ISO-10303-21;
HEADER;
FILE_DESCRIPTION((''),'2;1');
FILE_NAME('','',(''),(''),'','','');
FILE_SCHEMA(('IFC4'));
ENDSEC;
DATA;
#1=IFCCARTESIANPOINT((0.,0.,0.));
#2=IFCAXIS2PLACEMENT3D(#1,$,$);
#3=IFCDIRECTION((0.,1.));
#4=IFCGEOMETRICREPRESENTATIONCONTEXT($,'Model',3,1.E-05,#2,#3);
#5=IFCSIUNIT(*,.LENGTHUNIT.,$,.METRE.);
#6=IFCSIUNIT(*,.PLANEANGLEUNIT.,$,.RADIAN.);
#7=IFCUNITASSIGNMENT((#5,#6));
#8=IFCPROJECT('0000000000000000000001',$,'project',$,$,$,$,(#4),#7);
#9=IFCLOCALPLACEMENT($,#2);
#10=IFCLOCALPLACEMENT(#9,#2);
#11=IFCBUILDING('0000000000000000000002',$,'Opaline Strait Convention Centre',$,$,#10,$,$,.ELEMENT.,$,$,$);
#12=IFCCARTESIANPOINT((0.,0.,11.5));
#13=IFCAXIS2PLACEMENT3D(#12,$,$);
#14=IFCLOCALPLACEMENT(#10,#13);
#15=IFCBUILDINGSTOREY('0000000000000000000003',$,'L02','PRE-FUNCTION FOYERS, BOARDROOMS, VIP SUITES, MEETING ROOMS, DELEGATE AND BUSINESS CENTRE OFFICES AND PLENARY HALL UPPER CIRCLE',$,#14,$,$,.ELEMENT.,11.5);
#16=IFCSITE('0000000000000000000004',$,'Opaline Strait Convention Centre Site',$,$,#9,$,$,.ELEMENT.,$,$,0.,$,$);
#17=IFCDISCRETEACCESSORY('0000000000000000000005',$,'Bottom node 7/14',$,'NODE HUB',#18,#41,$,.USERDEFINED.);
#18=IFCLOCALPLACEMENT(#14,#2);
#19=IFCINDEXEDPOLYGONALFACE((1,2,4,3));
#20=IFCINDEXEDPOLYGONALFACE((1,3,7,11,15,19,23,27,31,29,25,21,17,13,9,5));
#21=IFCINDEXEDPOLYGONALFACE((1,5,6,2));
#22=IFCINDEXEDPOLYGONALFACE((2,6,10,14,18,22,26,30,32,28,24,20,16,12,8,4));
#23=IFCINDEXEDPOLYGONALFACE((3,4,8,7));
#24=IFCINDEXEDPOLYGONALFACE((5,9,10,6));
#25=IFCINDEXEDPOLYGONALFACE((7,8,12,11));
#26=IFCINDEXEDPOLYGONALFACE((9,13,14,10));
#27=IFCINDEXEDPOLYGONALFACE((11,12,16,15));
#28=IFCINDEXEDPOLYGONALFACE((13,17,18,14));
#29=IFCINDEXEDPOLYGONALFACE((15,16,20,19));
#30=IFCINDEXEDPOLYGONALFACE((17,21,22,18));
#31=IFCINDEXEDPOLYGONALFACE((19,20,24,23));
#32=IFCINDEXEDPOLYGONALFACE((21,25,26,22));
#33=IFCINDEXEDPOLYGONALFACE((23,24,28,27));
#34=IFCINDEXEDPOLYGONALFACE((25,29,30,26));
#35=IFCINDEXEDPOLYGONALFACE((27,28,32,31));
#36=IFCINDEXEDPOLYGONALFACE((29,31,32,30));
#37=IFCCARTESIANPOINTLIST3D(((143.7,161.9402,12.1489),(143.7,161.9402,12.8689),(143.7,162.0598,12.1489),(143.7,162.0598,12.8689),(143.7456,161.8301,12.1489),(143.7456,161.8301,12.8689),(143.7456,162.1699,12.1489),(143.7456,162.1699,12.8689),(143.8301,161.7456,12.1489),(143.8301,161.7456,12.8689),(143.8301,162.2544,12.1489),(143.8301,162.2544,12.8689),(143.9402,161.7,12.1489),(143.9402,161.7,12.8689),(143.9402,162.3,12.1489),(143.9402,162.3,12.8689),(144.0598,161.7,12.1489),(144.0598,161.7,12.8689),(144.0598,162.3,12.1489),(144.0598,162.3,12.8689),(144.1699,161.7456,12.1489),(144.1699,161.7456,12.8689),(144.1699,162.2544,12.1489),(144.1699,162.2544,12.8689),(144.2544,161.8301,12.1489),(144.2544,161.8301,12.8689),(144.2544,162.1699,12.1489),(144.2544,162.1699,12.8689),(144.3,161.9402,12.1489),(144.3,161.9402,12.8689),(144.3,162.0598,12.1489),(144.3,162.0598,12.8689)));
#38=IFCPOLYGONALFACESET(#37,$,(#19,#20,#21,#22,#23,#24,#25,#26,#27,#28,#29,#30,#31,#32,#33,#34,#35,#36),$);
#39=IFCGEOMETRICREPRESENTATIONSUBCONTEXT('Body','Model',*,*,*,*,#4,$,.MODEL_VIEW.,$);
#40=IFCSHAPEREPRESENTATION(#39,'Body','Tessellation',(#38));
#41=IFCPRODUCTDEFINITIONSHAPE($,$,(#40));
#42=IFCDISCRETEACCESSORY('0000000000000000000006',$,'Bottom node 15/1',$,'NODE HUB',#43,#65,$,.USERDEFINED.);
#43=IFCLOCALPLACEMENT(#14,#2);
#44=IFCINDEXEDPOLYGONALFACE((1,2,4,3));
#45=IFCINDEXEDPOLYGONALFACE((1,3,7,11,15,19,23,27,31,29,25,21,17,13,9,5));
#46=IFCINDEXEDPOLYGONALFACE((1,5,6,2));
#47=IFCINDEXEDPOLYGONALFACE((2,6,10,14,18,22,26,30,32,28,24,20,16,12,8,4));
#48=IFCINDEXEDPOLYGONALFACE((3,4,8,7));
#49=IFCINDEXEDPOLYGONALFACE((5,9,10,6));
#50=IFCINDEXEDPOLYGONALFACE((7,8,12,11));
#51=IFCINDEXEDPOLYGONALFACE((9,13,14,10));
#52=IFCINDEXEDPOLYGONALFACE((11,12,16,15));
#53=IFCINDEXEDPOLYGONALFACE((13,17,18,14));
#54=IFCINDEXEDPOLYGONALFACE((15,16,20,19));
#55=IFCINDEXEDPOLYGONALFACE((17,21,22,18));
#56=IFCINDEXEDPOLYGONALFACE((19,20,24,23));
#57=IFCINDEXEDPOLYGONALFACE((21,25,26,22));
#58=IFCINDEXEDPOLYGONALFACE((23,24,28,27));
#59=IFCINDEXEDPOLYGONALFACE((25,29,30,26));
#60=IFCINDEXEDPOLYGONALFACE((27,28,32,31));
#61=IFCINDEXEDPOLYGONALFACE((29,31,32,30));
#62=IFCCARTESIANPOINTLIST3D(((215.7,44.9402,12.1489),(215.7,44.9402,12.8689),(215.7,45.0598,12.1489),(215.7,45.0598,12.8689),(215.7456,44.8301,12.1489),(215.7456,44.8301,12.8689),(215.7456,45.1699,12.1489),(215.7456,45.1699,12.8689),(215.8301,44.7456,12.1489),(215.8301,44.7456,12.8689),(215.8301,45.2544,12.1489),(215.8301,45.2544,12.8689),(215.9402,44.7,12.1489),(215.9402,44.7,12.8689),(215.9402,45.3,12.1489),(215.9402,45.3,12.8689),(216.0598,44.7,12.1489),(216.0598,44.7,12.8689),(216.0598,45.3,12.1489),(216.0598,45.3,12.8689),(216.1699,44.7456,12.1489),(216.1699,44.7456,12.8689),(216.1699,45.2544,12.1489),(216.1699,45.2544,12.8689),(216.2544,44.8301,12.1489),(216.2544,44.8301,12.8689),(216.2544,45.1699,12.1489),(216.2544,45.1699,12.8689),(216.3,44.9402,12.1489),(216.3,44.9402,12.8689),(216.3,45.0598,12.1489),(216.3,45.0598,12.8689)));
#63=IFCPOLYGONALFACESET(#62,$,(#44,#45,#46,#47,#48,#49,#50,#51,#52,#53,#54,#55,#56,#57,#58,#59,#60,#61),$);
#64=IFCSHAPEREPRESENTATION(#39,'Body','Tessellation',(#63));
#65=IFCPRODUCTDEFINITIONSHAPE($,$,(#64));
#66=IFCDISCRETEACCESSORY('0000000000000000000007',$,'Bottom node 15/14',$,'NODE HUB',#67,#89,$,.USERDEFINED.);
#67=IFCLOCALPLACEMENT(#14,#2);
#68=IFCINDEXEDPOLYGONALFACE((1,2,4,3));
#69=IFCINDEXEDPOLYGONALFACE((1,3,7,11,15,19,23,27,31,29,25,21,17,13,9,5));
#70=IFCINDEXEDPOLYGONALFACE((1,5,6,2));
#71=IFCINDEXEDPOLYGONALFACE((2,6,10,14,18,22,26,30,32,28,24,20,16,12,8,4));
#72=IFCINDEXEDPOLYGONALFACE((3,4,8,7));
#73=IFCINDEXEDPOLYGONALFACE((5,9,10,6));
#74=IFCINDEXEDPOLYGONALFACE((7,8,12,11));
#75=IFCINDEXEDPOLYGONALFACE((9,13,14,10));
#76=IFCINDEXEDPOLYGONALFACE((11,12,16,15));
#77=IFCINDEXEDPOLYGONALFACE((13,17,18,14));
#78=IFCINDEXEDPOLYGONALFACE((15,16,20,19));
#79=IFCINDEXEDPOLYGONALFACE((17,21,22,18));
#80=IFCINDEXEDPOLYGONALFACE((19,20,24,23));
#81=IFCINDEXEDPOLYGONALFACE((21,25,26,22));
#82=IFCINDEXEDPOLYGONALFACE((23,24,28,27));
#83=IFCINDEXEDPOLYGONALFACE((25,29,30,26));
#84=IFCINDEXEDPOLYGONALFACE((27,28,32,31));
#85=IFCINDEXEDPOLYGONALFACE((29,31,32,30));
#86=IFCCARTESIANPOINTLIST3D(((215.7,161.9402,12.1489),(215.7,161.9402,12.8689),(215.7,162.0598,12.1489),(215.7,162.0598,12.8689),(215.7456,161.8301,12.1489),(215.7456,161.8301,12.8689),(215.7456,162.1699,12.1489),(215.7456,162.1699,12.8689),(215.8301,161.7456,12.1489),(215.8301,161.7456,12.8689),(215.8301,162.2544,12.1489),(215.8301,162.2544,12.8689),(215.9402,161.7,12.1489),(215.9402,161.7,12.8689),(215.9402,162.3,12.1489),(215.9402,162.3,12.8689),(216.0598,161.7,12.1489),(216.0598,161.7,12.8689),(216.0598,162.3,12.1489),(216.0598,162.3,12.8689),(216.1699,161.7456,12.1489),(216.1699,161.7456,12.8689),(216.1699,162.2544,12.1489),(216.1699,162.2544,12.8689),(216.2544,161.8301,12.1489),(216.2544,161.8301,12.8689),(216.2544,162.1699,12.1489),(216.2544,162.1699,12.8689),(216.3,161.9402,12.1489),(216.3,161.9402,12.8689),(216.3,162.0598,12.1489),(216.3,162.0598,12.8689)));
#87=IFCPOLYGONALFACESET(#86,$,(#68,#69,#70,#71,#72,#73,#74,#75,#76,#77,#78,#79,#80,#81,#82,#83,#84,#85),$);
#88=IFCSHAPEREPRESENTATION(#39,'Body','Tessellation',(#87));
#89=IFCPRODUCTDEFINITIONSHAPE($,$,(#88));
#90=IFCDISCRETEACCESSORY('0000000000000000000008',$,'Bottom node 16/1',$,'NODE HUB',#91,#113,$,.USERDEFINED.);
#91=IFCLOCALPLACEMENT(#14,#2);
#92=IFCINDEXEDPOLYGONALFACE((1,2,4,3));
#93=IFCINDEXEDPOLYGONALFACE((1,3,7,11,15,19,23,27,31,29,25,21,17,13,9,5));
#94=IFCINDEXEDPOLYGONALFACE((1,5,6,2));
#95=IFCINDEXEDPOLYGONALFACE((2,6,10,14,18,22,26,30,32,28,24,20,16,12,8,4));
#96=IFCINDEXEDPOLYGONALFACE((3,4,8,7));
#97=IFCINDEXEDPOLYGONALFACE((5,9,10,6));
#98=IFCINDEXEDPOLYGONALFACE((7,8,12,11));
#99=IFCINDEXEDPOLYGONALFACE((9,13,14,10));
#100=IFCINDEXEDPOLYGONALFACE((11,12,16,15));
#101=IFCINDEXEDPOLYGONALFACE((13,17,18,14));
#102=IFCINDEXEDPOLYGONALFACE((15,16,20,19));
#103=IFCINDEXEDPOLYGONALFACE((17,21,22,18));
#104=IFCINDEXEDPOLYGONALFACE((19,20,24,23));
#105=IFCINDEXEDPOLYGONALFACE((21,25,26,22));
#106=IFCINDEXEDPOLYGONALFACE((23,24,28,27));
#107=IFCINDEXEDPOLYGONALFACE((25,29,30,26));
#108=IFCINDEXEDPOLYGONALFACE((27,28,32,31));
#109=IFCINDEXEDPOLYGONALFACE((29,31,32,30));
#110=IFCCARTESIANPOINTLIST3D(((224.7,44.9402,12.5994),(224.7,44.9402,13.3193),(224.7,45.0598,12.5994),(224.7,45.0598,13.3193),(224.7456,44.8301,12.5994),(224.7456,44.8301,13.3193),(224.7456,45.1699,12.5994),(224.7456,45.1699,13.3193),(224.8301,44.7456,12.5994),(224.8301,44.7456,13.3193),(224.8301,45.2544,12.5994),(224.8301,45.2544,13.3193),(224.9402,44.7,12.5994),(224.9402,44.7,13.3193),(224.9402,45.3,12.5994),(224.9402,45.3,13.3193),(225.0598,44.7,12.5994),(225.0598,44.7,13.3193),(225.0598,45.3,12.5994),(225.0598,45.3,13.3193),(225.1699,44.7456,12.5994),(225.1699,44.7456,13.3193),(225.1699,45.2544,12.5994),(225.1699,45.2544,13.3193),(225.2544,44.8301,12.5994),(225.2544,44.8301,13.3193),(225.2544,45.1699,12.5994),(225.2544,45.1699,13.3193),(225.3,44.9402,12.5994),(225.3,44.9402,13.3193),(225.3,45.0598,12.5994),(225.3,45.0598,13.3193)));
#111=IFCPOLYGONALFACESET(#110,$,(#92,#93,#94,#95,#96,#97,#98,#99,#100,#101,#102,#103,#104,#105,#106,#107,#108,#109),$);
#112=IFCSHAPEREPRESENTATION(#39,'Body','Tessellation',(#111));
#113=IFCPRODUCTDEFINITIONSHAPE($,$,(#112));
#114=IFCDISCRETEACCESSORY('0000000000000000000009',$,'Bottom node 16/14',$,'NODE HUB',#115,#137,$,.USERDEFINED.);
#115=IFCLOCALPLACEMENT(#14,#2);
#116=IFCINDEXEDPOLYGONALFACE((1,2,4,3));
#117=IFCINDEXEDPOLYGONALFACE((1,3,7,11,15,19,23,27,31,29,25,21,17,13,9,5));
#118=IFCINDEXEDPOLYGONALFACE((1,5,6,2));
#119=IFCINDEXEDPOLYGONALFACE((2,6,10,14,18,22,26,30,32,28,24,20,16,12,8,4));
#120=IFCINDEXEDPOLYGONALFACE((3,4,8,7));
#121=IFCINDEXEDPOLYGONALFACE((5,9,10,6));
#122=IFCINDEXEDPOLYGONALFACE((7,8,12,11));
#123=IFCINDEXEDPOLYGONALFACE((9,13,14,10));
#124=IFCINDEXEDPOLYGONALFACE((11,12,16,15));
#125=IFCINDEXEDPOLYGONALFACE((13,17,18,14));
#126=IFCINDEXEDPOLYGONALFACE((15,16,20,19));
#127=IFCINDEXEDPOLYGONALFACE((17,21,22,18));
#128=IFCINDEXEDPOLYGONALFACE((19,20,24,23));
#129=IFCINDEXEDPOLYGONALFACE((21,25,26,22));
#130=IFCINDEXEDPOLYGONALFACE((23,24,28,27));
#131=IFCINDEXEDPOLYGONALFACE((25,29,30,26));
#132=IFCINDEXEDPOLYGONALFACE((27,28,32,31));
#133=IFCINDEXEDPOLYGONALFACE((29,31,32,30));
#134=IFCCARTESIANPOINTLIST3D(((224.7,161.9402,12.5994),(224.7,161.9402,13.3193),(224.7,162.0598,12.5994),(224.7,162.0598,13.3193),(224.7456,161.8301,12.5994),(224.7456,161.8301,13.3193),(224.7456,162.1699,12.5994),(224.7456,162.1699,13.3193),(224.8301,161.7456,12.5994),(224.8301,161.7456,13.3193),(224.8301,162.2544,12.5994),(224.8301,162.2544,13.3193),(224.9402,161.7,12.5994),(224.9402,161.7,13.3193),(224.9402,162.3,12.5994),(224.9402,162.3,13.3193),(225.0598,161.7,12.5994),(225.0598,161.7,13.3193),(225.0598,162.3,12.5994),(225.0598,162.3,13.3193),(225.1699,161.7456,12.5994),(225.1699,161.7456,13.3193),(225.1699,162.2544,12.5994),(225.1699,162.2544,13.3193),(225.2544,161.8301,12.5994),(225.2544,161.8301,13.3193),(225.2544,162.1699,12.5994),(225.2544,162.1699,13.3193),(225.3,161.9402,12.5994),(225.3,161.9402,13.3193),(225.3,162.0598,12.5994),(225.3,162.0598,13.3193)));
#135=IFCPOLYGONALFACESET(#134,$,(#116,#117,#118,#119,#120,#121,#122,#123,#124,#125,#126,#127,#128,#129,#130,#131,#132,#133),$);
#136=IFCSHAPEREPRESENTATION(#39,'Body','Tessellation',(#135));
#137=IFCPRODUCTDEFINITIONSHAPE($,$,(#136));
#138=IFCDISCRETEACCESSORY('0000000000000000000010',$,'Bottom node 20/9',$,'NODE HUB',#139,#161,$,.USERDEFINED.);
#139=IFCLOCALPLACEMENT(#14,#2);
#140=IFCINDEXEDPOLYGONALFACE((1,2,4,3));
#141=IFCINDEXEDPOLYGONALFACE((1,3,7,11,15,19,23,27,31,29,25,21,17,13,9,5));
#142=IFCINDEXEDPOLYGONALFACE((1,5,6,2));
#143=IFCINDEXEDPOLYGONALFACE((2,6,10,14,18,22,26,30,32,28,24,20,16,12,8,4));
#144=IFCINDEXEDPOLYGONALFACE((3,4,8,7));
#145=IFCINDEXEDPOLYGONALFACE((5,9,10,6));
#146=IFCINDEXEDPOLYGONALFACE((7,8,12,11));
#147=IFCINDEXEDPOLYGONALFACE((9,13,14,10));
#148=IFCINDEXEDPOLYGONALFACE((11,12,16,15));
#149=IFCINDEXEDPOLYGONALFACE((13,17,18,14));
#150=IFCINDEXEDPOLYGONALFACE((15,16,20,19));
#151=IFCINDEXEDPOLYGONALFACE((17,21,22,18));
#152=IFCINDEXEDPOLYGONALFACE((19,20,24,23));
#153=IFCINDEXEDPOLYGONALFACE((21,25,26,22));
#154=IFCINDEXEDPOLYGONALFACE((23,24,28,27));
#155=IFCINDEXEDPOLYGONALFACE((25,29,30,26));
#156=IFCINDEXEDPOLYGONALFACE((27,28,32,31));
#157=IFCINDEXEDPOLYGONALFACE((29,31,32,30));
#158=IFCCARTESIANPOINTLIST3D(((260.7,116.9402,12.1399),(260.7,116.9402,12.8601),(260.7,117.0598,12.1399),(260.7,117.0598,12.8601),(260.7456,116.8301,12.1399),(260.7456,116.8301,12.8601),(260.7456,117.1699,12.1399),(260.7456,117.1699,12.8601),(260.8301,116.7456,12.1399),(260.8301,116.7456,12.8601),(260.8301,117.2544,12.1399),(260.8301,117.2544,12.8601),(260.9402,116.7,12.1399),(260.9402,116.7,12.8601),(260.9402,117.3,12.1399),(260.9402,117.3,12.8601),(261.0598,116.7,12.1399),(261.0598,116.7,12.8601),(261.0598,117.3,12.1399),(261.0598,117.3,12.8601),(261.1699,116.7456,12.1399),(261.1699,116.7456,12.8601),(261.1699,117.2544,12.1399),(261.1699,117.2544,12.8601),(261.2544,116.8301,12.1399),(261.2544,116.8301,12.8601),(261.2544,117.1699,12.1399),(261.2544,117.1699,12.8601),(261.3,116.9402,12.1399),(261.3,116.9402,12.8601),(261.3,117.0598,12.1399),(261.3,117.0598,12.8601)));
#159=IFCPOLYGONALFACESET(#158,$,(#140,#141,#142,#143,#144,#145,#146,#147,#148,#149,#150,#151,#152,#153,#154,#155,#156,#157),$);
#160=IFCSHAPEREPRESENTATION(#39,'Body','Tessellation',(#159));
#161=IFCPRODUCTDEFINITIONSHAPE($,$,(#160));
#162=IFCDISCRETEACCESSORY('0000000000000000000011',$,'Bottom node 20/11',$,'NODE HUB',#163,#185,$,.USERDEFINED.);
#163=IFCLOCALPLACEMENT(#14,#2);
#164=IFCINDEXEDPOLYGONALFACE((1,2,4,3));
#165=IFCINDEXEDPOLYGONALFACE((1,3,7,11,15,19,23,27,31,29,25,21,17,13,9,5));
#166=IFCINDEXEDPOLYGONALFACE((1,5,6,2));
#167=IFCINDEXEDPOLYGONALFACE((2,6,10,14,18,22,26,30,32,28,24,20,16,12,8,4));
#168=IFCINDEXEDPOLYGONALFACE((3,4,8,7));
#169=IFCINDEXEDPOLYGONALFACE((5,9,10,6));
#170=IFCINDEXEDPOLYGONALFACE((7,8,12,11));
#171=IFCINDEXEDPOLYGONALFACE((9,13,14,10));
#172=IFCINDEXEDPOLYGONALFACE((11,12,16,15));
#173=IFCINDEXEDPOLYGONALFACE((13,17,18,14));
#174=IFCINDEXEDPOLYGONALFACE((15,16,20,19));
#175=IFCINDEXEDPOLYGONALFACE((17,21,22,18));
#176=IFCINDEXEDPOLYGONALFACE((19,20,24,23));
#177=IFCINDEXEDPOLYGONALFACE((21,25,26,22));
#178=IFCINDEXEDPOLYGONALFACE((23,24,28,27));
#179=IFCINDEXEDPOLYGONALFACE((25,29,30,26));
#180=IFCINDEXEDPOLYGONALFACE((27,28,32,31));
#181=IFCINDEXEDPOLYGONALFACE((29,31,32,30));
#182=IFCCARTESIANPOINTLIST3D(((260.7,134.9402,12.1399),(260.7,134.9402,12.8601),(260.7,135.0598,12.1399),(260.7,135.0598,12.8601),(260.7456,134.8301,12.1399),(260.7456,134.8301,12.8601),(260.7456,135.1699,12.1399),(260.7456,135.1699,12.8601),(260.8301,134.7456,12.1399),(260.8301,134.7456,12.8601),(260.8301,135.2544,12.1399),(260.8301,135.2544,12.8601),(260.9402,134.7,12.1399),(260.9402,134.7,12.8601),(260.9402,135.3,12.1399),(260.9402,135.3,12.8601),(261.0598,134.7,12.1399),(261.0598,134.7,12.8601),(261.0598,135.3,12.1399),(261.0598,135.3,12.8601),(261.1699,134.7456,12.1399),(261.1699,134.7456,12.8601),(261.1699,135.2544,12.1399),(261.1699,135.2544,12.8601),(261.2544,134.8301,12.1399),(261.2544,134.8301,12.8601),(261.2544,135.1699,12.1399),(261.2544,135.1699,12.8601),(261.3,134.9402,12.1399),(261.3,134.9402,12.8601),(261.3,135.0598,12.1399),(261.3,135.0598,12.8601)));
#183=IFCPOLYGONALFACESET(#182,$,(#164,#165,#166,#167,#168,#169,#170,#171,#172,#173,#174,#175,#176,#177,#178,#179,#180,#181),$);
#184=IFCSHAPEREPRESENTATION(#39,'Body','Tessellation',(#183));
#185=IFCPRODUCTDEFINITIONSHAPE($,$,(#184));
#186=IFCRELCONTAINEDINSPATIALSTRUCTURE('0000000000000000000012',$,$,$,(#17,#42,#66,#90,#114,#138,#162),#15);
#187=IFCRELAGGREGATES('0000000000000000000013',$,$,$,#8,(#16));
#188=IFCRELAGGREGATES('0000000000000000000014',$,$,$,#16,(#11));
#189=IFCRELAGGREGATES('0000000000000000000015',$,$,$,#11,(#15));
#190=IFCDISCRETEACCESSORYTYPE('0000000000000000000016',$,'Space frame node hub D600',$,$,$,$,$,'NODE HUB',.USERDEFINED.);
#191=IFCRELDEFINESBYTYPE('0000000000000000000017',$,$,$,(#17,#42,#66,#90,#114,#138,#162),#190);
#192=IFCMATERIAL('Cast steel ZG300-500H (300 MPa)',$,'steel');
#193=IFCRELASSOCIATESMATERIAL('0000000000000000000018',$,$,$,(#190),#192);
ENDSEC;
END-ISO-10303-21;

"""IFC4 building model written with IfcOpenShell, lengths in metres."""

from ifc_helpers import new_model, si_unit, direction, frame, origin, place, context, subcontext, project, spatial, polyline, outline, extrude, material, type_object, element, save


model = new_model("IFC4")

# Units and contexts
model_context = context("Model", 3, precision=1e-05, world=origin(), true_north=direction((0.0, 1.0)))
body_context = subcontext(model_context, "Body", "Model", "MODEL_VIEW")
ifc_project = project(units=[si_unit("LENGTHUNIT", "METRE"), si_unit("PLANEANGLEUNIT", "RADIAN")], contexts=[model_context])

# Site, building, storey
site_placement = place(None, origin())
site = spatial("IfcSite", under=ifc_project, at=site_placement, Name="Opaline Strait Convention Centre Site", CompositionType="ELEMENT", RefElevation=0.0)
building_placement = place(site_placement, origin())
building = spatial("IfcBuilding", under=site, at=building_placement, Name="Opaline Strait Convention Centre", CompositionType="ELEMENT")
storey_placement = place(building_placement, frame((0.0, 0.0, 11.5)))
storey = spatial("IfcBuildingStorey", under=building, at=storey_placement, Name="L02", Description="PRE-FUNCTION FOYERS, BOARDROOMS, VIP SUITES, MEETING ROOMS, DELEGATE AND BUSINESS CENTRE OFFICES AND PLENARY HALL UPPER CIRCLE", CompositionType="ELEMENT", Elevation=11.5)

# Discrete accessories
ifc_material = material(Name="Cast steel ZG300-500H (300 MPa)", Category="steel")
discrete_accessory_type_1 = type_object("IfcDiscreteAccessoryType", Name="Space frame node hub D600", ElementType="NODE HUB", PredefinedType="USERDEFINED", material=ifc_material)
discrete_accessory_1_placement = place(storey_placement, frame((0.0, 0.0, 12.1489)))
element("IfcDiscreteAccessory", 1, at=discrete_accessory_1_placement, inside=storey, type_object=discrete_accessory_type_1, Name="Bottom node 7/14", ObjectType="NODE HUB", PredefinedType="USERDEFINED", context=body_context, shape_type="SweptSolid", body=[
    extrude(outline(polyline([(144.3, 162.0598), (144.2544, 162.1699), (144.1699, 162.2544), (144.0598, 162.3), (143.9402, 162.3), (143.8301, 162.2544), (143.7456, 162.1699), (143.7, 162.0598), (143.7, 161.9402), (143.7456, 161.8301), (143.8301, 161.7456), (143.9402, 161.7), (144.0598, 161.7), (144.1699, 161.7456), (144.2544, 161.8301), (144.3, 161.9402), (144.3, 162.0598)])), origin(), (0.0, 0.0, 1.0), 0.72),
])
discrete_accessory_2_placement = place(storey_placement, frame((0.0, 0.0, 12.1489)))
element("IfcDiscreteAccessory", 2, at=discrete_accessory_2_placement, inside=storey, type_object=discrete_accessory_type_1, Name="Bottom node 15/1", ObjectType="NODE HUB", PredefinedType="USERDEFINED", context=body_context, shape_type="SweptSolid", body=[
    extrude(outline(polyline([(216.3, 45.0598), (216.2544, 45.1699), (216.1699, 45.2544), (216.0598, 45.3), (215.9402, 45.3), (215.8301, 45.2544), (215.7456, 45.1699), (215.7, 45.0598), (215.7, 44.9402), (215.7456, 44.8301), (215.8301, 44.7456), (215.9402, 44.7), (216.0598, 44.7), (216.1699, 44.7456), (216.2544, 44.8301), (216.3, 44.9402), (216.3, 45.0598)])), origin(), (0.0, 0.0, 1.0), 0.72),
])
discrete_accessory_3_placement = place(storey_placement, frame((0.0, 0.0, 12.1489)))
element("IfcDiscreteAccessory", 3, at=discrete_accessory_3_placement, inside=storey, type_object=discrete_accessory_type_1, Name="Bottom node 15/14", ObjectType="NODE HUB", PredefinedType="USERDEFINED", context=body_context, shape_type="SweptSolid", body=[
    extrude(outline(polyline([(216.3, 162.0598), (216.2544, 162.1699), (216.1699, 162.2544), (216.0598, 162.3), (215.9402, 162.3), (215.8301, 162.2544), (215.7456, 162.1699), (215.7, 162.0598), (215.7, 161.9402), (215.7456, 161.8301), (215.8301, 161.7456), (215.9402, 161.7), (216.0598, 161.7), (216.1699, 161.7456), (216.2544, 161.8301), (216.3, 161.9402), (216.3, 162.0598)])), origin(), (0.0, 0.0, 1.0), 0.72),
])
discrete_accessory_4_placement = place(storey_placement, frame((0.0, 0.0, 12.5994)))
element("IfcDiscreteAccessory", 4, at=discrete_accessory_4_placement, inside=storey, type_object=discrete_accessory_type_1, Name="Bottom node 16/1", ObjectType="NODE HUB", PredefinedType="USERDEFINED", context=body_context, shape_type="SweptSolid", body=[
    extrude(outline(polyline([(225.3, 45.0598), (225.2544, 45.1699), (225.1699, 45.2544), (225.0598, 45.3), (224.9402, 45.3), (224.8301, 45.2544), (224.7456, 45.1699), (224.7, 45.0598), (224.7, 44.9402), (224.7456, 44.8301), (224.8301, 44.7456), (224.9402, 44.7), (225.0598, 44.7), (225.1699, 44.7456), (225.2544, 44.8301), (225.3, 44.9402), (225.3, 45.0598)])), origin(), (0.0, 0.0, 1.0), 0.72),
])
discrete_accessory_5_placement = place(storey_placement, frame((0.0, 0.0, 12.5994)))
element("IfcDiscreteAccessory", 5, at=discrete_accessory_5_placement, inside=storey, type_object=discrete_accessory_type_1, Name="Bottom node 16/14", ObjectType="NODE HUB", PredefinedType="USERDEFINED", context=body_context, shape_type="SweptSolid", body=[
    extrude(outline(polyline([(225.3, 162.0598), (225.2544, 162.1699), (225.1699, 162.2544), (225.0598, 162.3), (224.9402, 162.3), (224.8301, 162.2544), (224.7456, 162.1699), (224.7, 162.0598), (224.7, 161.9402), (224.7456, 161.8301), (224.8301, 161.7456), (224.9402, 161.7), (225.0598, 161.7), (225.1699, 161.7456), (225.2544, 161.8301), (225.3, 161.9402), (225.3, 162.0598)])), origin(), (0.0, 0.0, 1.0), 0.72),
])
discrete_accessory_6_placement = place(storey_placement, frame((0.0, 0.0, 12.1399)))
element("IfcDiscreteAccessory", 6, at=discrete_accessory_6_placement, inside=storey, type_object=discrete_accessory_type_1, Name="Bottom node 20/9", ObjectType="NODE HUB", PredefinedType="USERDEFINED", context=body_context, shape_type="SweptSolid", body=[
    extrude(outline(polyline([(261.3, 117.0598), (261.2544, 117.1699), (261.1699, 117.2544), (261.0598, 117.3), (260.9402, 117.3), (260.8301, 117.2544), (260.7456, 117.1699), (260.7, 117.0598), (260.7, 116.9402), (260.7456, 116.8301), (260.8301, 116.7456), (260.9402, 116.7), (261.0598, 116.7), (261.1699, 116.7456), (261.2544, 116.8301), (261.3, 116.9402), (261.3, 117.0598)])), origin(), (0.0, 0.0, 1.0), 0.7202),
])
discrete_accessory_7_placement = place(storey_placement, frame((0.0, 0.0, 12.1399)))
element("IfcDiscreteAccessory", 7, at=discrete_accessory_7_placement, inside=storey, type_object=discrete_accessory_type_1, Name="Bottom node 20/11", ObjectType="NODE HUB", PredefinedType="USERDEFINED", context=body_context, shape_type="SweptSolid", body=[
    extrude(outline(polyline([(261.3, 135.0598), (261.2544, 135.1699), (261.1699, 135.2544), (261.0598, 135.3), (260.9402, 135.3), (260.8301, 135.2544), (260.7456, 135.1699), (260.7, 135.0598), (260.7, 134.9402), (260.7456, 134.8301), (260.8301, 134.7456), (260.9402, 134.7), (261.0598, 134.7), (261.1699, 134.7456), (261.2544, 134.8301), (261.3, 134.9402), (261.3, 135.0598)])), origin(), (0.0, 0.0, 1.0), 0.7202),
])

save(model, "model.ifc")
